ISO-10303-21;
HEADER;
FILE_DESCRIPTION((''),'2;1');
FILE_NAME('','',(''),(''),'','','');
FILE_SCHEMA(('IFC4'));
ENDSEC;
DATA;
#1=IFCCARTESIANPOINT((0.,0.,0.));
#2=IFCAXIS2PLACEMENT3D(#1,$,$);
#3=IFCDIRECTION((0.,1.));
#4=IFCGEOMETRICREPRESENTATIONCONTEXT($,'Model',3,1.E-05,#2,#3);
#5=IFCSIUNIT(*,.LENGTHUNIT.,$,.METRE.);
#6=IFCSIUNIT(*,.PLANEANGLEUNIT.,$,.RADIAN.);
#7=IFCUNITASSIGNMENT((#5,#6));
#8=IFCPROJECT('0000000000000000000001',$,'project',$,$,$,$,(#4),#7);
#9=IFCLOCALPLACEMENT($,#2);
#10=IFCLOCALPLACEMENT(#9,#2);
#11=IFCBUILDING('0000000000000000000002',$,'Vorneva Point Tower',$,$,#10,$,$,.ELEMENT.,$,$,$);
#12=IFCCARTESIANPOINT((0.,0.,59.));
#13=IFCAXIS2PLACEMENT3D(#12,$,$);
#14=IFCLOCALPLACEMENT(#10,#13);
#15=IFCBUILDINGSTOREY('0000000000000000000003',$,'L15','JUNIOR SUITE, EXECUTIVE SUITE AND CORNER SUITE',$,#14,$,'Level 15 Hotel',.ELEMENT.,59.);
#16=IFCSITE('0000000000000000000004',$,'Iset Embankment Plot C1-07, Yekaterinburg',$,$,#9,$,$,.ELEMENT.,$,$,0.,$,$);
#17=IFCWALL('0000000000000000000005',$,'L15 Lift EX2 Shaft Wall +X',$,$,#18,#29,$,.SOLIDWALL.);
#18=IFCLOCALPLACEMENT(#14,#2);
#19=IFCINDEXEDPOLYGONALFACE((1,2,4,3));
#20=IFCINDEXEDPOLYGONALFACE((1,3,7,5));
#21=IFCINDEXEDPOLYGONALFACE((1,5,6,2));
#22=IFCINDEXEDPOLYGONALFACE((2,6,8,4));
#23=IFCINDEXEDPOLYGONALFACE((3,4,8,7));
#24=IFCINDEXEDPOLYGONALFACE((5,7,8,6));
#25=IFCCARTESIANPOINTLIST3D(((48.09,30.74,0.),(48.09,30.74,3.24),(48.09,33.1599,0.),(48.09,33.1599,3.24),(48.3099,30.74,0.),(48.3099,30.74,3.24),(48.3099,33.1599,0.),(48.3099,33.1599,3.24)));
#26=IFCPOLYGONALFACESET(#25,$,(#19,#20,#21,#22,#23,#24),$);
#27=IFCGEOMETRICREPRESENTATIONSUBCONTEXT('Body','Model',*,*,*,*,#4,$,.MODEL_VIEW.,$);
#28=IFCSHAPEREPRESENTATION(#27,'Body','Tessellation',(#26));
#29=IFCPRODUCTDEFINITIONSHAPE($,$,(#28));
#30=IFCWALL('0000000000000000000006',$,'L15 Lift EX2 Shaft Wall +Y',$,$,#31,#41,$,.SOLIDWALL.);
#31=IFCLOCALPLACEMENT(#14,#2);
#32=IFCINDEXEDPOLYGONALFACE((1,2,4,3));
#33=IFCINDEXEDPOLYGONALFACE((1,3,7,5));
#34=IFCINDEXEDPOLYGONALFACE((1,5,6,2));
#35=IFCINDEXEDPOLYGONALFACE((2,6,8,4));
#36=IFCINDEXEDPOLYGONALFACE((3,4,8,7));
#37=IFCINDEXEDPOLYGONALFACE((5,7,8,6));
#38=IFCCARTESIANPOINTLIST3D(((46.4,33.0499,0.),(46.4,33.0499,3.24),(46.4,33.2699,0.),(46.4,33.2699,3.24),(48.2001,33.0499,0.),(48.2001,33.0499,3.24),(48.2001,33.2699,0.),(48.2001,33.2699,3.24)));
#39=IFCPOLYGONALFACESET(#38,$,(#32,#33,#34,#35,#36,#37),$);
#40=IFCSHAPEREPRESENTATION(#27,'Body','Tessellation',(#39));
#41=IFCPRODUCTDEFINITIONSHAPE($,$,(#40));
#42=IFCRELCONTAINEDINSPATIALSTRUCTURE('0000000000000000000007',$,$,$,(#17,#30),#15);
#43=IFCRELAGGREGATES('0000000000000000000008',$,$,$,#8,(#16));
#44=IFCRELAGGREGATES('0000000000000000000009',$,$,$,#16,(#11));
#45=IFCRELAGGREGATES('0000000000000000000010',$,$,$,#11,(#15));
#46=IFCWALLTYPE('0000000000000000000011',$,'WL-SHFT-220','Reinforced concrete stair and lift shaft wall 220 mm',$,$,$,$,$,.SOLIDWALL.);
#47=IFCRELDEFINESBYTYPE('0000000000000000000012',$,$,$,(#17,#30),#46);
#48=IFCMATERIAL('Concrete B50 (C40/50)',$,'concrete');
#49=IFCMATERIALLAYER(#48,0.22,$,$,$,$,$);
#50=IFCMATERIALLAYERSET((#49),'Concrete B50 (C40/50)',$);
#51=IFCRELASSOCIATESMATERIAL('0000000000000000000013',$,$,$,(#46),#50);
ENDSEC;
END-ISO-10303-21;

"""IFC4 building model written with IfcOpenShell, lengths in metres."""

from ifc_helpers import new_model, si_unit, direction, frame, frame_2d, origin, place, context, subcontext, project, spatial, rectangle, extrude, material, layer, layer_set, type_object, element, save


model = new_model("IFC4")

# Units and contexts
model_context = context("Model", 3, precision=1e-05, world=origin(), true_north=direction((0.0, 1.0)))
body_context = subcontext(model_context, "Body", "Model", "MODEL_VIEW")
ifc_project = project(units=[si_unit("LENGTHUNIT", "METRE"), si_unit("PLANEANGLEUNIT", "RADIAN")], contexts=[model_context])

# Site, building, storey
site_placement = place(None, origin())
site = spatial("IfcSite", under=ifc_project, at=site_placement, Name="Iset Embankment Plot C1-07, Yekaterinburg", CompositionType="ELEMENT", RefElevation=0.0)
building_placement = place(site_placement, origin())
building = spatial("IfcBuilding", under=site, at=building_placement, Name="Vorneva Point Tower", CompositionType="ELEMENT")
storey_placement = place(building_placement, frame((0.0, 0.0, 59.0)))
storey = spatial("IfcBuildingStorey", under=building, at=storey_placement, Name="L15", Description="JUNIOR SUITE, EXECUTIVE SUITE AND CORNER SUITE", LongName="Level 15 Hotel", CompositionType="ELEMENT", Elevation=59.0)

# Walls
ifc_material_1 = material(Name="Concrete B50 (C40/50)", Category="concrete")
ifc_layer_1 = layer(ifc_material_1, 0.22)
ifc_layer_set_1 = layer_set([ifc_layer_1], Name="Concrete B50 (C40/50)")
wall_type_1 = type_object("IfcWallType", Name="WL-SHFT-220", Description="Reinforced concrete stair and lift shaft wall 220 mm", PredefinedType="SOLIDWALL", material=ifc_layer_set_1)
wall_1_placement = place(storey_placement, frame((48.2, 30.74, 0.0), z_axis=(0.0, 0.0, 1.0), x_axis=(0.0, 1.0, 0.0)))
element("IfcWall", 1, at=wall_1_placement, inside=storey, type_object=wall_type_1, Name="L15 Lift EX2 Shaft Wall +X", PredefinedType="SOLIDWALL", context=body_context, shape_type="SweptSolid", body=[
    extrude(rectangle(XDim=2.4199, YDim=0.22, at=frame_2d((1.21, 0.0))), origin(), (0.0, 0.0, 1.0), 3.24),
])
wall_2_placement = place(storey_placement, frame((48.2, 33.1599, 0.0), z_axis=(0.0, 0.0, 1.0), x_axis=(-1.0, 0.0, 0.0)))
element("IfcWall", 2, at=wall_2_placement, inside=storey, type_object=wall_type_1, Name="L15 Lift EX2 Shaft Wall +Y", PredefinedType="SOLIDWALL", context=body_context, shape_type="SweptSolid", body=[
    extrude(rectangle(XDim=1.8, YDim=0.22, at=frame_2d((0.8999, 0.0))), origin(), (0.0, 0.0, 1.0), 3.24),
])

save(model, "model.ifc")
